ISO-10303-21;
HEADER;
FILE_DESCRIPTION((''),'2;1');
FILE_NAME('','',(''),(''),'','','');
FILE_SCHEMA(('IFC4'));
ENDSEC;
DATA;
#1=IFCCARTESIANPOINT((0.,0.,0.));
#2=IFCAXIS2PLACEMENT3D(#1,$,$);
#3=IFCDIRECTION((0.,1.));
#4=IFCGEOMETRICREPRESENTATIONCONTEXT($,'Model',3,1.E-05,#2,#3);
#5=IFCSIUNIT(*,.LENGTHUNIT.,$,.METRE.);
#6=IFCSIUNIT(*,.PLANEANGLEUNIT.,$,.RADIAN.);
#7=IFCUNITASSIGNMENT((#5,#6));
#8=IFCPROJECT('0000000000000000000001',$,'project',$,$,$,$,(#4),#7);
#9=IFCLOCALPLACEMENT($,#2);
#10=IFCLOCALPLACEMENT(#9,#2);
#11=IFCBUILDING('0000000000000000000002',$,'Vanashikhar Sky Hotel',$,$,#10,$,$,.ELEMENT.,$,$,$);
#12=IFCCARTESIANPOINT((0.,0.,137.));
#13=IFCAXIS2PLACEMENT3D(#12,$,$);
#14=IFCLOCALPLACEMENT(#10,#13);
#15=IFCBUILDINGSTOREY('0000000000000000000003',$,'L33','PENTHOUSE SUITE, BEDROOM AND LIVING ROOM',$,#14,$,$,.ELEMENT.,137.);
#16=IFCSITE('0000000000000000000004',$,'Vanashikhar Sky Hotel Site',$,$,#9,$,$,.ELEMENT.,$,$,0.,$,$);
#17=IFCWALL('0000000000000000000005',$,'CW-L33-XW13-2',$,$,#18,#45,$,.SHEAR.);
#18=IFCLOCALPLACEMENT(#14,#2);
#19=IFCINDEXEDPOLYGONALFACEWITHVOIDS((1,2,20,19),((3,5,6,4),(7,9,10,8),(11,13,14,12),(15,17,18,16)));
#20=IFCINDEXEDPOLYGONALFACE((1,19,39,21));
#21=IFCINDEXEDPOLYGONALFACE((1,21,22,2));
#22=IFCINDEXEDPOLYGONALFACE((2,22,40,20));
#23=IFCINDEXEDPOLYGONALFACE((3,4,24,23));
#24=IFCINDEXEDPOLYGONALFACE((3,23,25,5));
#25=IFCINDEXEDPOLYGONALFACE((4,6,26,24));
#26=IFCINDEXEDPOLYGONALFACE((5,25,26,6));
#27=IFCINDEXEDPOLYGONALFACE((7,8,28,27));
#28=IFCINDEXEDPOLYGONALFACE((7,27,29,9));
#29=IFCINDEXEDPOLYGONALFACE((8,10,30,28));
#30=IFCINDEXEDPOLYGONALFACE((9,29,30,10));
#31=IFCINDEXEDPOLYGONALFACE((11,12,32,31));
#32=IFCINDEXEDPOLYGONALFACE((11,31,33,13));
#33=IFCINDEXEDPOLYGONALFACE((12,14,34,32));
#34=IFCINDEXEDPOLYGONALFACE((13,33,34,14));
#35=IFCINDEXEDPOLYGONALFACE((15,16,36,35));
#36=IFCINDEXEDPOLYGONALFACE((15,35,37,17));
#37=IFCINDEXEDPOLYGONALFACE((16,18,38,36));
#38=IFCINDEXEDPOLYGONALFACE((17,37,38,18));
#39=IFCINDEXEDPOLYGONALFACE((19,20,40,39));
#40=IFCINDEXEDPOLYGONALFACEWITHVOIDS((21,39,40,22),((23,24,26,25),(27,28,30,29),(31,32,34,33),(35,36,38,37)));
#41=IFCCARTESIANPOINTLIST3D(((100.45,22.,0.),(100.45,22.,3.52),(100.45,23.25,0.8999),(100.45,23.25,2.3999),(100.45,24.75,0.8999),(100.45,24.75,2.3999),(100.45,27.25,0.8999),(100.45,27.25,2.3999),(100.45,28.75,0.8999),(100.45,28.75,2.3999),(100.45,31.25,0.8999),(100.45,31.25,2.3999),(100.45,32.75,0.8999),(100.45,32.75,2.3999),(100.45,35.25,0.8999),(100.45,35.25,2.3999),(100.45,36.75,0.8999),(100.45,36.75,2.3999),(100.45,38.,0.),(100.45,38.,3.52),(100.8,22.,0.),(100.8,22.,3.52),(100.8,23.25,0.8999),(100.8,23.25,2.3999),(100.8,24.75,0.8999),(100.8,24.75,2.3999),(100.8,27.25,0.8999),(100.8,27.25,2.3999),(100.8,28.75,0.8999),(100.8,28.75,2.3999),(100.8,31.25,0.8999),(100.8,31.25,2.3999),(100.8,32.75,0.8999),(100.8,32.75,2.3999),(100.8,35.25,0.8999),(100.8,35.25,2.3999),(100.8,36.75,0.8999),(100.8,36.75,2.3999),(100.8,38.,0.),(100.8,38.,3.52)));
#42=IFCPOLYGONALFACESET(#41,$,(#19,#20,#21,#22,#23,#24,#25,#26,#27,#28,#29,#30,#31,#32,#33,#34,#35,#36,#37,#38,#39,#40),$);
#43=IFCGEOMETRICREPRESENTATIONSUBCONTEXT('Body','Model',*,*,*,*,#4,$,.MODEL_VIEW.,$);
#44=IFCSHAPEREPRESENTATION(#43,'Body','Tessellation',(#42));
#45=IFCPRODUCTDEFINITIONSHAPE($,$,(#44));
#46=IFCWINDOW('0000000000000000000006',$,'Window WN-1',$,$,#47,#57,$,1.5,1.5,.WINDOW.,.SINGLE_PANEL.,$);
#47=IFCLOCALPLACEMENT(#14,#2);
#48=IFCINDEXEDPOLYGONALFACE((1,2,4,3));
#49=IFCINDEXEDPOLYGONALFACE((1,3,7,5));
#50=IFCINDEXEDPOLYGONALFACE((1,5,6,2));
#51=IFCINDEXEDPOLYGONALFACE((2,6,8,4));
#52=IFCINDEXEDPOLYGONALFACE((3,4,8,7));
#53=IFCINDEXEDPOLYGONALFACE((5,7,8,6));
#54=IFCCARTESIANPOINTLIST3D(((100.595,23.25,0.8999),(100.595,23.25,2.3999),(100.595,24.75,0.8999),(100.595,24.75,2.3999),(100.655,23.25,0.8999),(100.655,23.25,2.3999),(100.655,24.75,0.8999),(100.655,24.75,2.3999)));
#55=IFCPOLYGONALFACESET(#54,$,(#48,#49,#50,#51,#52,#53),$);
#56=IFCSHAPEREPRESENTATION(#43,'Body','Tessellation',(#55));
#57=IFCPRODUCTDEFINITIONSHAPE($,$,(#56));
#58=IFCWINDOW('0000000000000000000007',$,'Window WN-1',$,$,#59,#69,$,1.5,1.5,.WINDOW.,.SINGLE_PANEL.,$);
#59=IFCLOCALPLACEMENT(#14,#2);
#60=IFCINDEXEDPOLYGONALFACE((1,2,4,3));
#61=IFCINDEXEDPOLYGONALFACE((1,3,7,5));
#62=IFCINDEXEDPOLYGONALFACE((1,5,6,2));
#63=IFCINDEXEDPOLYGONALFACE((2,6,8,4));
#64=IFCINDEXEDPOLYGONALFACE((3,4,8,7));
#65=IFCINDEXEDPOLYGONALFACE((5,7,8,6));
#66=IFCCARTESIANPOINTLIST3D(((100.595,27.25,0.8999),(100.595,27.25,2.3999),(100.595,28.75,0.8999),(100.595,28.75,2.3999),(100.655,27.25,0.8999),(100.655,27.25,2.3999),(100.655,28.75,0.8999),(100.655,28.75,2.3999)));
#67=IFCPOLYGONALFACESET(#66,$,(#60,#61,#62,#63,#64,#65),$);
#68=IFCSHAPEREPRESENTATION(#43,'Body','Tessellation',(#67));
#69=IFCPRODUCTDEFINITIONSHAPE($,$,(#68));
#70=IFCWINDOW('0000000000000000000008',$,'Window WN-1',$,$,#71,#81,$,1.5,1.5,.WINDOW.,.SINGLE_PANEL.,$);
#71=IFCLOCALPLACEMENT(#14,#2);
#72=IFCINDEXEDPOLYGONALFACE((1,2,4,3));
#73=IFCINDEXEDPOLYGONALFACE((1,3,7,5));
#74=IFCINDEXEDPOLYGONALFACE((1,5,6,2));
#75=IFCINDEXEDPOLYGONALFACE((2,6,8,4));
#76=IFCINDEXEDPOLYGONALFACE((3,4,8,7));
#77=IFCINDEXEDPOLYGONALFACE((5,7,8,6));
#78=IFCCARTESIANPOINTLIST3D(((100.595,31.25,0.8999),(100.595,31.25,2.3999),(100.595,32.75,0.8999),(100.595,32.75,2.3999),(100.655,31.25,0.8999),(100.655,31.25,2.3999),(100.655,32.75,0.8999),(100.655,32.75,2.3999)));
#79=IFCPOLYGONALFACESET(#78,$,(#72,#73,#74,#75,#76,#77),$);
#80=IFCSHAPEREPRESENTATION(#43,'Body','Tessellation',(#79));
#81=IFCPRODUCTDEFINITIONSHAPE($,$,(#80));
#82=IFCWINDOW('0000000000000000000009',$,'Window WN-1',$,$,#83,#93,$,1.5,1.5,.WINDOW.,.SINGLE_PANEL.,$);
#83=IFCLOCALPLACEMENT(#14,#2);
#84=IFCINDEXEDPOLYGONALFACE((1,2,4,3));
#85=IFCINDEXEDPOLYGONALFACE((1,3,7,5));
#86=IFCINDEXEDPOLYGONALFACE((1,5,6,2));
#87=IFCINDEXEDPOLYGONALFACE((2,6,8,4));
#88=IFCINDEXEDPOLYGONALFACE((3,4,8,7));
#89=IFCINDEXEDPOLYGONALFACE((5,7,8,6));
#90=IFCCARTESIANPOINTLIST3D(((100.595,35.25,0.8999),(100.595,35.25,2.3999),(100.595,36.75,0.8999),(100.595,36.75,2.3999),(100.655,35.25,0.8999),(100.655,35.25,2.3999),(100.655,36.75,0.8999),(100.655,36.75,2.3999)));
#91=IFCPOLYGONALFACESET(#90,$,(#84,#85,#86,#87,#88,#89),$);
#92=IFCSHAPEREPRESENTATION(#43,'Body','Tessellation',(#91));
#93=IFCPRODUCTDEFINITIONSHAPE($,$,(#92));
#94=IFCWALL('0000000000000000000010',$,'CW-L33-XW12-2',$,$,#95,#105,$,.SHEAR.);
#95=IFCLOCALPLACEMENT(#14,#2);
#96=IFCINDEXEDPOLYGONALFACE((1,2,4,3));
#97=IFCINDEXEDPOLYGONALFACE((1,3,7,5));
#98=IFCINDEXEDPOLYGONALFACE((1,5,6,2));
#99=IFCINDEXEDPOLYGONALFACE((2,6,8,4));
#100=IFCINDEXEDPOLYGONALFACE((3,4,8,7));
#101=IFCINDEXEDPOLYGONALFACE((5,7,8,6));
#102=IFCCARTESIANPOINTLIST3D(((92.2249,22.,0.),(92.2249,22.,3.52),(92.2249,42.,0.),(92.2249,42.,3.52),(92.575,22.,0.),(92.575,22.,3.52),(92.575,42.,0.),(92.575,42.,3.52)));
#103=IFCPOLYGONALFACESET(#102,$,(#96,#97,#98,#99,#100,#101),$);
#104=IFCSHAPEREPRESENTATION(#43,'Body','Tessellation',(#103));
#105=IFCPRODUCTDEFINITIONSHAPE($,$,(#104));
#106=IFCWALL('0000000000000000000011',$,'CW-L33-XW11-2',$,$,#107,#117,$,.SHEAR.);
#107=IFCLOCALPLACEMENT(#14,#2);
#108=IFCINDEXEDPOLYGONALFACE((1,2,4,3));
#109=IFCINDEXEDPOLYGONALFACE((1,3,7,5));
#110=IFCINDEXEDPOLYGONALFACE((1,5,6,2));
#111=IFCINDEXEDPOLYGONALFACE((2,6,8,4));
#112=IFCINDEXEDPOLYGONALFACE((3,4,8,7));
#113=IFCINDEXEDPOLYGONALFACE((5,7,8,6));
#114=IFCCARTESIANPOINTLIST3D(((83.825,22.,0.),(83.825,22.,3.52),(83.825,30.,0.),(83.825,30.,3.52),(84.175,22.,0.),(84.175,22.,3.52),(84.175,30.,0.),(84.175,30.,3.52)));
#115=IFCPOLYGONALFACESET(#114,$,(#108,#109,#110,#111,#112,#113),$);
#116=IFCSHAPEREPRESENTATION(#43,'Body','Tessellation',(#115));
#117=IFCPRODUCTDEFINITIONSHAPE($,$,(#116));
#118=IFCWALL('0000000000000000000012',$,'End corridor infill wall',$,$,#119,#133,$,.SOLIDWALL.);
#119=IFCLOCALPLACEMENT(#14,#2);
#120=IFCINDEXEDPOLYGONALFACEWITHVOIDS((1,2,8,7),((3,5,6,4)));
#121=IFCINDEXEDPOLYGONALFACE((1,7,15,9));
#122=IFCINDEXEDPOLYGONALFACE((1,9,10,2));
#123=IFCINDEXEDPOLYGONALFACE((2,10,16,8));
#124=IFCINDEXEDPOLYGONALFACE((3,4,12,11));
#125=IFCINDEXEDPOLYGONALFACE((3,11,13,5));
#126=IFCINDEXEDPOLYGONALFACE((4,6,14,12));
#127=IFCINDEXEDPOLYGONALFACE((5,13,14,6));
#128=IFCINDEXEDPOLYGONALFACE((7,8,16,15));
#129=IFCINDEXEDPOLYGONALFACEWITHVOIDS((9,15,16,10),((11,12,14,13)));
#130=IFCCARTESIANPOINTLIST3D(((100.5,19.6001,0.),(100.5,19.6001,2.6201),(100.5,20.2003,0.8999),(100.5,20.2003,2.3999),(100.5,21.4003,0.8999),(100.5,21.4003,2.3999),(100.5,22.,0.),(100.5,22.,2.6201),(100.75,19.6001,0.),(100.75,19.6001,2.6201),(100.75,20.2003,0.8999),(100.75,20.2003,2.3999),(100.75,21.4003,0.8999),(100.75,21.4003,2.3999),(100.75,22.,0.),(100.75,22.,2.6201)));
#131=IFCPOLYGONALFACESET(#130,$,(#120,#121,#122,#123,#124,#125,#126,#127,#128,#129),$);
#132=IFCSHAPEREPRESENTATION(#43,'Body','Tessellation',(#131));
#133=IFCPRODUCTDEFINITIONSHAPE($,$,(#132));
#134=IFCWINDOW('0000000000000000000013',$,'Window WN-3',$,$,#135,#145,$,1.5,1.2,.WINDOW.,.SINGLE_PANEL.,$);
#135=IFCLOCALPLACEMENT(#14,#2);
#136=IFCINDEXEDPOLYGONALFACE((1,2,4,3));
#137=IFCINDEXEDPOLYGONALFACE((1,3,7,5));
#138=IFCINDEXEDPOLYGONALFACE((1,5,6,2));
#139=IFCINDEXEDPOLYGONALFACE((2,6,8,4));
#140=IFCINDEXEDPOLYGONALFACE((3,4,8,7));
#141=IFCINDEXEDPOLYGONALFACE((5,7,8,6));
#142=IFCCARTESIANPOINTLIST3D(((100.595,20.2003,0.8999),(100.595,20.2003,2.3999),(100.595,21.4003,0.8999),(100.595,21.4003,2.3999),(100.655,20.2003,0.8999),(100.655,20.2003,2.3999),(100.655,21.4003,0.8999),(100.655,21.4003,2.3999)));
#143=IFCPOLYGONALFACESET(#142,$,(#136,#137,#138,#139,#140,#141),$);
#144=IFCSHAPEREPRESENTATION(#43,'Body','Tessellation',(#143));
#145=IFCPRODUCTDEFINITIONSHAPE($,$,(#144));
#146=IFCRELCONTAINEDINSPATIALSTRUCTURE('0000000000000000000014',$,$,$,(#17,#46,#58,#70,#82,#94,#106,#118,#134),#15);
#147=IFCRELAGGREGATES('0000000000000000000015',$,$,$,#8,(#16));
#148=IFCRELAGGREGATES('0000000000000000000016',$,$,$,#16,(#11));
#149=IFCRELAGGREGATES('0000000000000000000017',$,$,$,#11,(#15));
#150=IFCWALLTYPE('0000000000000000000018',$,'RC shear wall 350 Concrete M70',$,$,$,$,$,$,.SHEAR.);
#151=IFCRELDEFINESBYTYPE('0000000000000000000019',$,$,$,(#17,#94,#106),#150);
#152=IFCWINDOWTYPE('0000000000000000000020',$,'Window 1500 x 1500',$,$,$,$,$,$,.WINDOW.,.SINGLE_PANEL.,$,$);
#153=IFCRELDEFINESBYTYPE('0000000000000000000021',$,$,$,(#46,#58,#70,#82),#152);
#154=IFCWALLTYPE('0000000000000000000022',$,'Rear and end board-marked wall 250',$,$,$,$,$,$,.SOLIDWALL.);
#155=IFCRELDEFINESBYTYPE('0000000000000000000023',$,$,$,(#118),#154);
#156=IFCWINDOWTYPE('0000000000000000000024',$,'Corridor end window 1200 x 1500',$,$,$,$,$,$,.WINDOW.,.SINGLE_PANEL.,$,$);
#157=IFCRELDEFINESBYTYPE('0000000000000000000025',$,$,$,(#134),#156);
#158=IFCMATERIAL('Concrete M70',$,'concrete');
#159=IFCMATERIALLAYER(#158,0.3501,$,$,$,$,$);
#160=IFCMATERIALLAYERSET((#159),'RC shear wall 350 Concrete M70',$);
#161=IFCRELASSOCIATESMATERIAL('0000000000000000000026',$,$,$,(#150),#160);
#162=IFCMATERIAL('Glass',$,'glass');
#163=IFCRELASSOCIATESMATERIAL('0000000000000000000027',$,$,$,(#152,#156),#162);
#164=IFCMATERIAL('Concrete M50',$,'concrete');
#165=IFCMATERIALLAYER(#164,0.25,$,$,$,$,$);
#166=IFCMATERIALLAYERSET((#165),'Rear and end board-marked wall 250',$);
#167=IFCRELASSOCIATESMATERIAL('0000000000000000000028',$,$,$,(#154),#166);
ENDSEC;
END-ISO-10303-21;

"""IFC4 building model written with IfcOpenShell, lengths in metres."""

from ifc_helpers import new_model, si_unit, direction, frame, frame_2d, origin, place, context, subcontext, project, spatial, rectangle, extrude, source, transform, mapped, material, layer, layer_set, type_object, element, fill, save


model = new_model("IFC4")

# Units and contexts
model_context = context("Model", 3, precision=1e-05, world=origin(), true_north=direction((0.0, 1.0)))
body_context = subcontext(model_context, "Body", "Model", "MODEL_VIEW")
ifc_project = project(units=[si_unit("LENGTHUNIT", "METRE"), si_unit("PLANEANGLEUNIT", "RADIAN")], contexts=[model_context])

# Site, building, storey
site_placement = place(None, origin())
site = spatial("IfcSite", under=ifc_project, at=site_placement, Name="Vanashikhar Sky Hotel Site", CompositionType="ELEMENT", RefElevation=0.0)
building_placement = place(site_placement, origin())
building = spatial("IfcBuilding", under=site, at=building_placement, Name="Vanashikhar Sky Hotel", CompositionType="ELEMENT")
storey_placement = place(building_placement, frame((0.0, 0.0, 137.0)))
storey = spatial("IfcBuildingStorey", under=building, at=storey_placement, Name="L33", Description="PENTHOUSE SUITE, BEDROOM AND LIVING ROOM", CompositionType="ELEMENT", Elevation=137.0)

# Wall, openings, windows
ifc_material_1 = material(Name="Concrete M70", Category="concrete")
ifc_layer_1 = layer(ifc_material_1, 0.3501)
ifc_layer_set_1 = layer_set([ifc_layer_1], Name="RC shear wall 350 Concrete M70")
wall_type_1 = type_object("IfcWallType", Name="RC shear wall 350 Concrete M70", PredefinedType="SHEAR", material=ifc_layer_set_1)
shared_shape_1 = source(origin(), body_context, "Body", "SweptSolid", [
    extrude(rectangle(XDim=16.0, YDim=0.3501, at=frame_2d((8.0, 0.0))), origin(), (0.0, 0.0, 1.0), 3.52),
])
wall_1_placement = place(storey_placement, frame((100.625, 22.0, 0.0), z_axis=(0.0, 0.0, 1.0), x_axis=(0.0, 1.0, 0.0)))
wall_1 = element("IfcWall", 1, at=wall_1_placement, inside=storey, type_object=wall_type_1, Name="CW-L33-XW13-2", PredefinedType="SHEAR", context=body_context, shape_type="MappedRepresentation", body=[
    mapped(shared_shape_1, transform((0.0, 0.0, 0.0), scale=1.0)),
])
shared_shape_2 = source(origin(), body_context, "Body", "SweptSolid", [
    extrude(rectangle(XDim=1.5, YDim=1.5, at=frame_2d((0.75, 0.75))), frame((0.0, 0.1851, 0.0), z_axis=(0.0, -1.0, 0.0), x_axis=(1.0, 0.0, 0.0)), (0.0, 0.0, 1.0), 0.3701),
])
opening_1_placement = place(wall_1_placement, frame((1.25, 0.0, 0.8999)))
opening_1 = element("IfcOpeningElement", 2, at=opening_1_placement, cuts=wall_1, PredefinedType="OPENING", context=body_context, shape_type="MappedRepresentation", body=[
    mapped(shared_shape_2, transform((0.0, 0.0, 0.0), scale=1.0)),
])
opening_2_placement = place(wall_1_placement, frame((5.25, 0.0, 0.8999)))
opening_2 = element("IfcOpeningElement", 3, at=opening_2_placement, cuts=wall_1, PredefinedType="OPENING", context=body_context, shape_type="MappedRepresentation", body=[
    mapped(shared_shape_2, transform((0.0, 0.0, 0.0), scale=1.0)),
])
opening_3_placement = place(wall_1_placement, frame((9.25, 0.0, 0.8999)))
opening_3 = element("IfcOpeningElement", 4, at=opening_3_placement, cuts=wall_1, PredefinedType="OPENING", context=body_context, shape_type="MappedRepresentation", body=[
    mapped(shared_shape_2, transform((0.0, 0.0, 0.0), scale=1.0)),
])
opening_4_placement = place(wall_1_placement, frame((13.25, 0.0, 0.8999)))
opening_4 = element("IfcOpeningElement", 5, at=opening_4_placement, cuts=wall_1, PredefinedType="OPENING", context=body_context, shape_type="MappedRepresentation", body=[
    mapped(shared_shape_2, transform((0.0, 0.0, 0.0), scale=1.0)),
])
ifc_material_2 = material(Name="Glass", Category="glass")
window_type_1 = type_object("IfcWindowType", Name="Window 1500 x 1500", PartitioningType="SINGLE_PANEL", PredefinedType="WINDOW", material=ifc_material_2)
shared_shape_3 = source(origin(), body_context, "Body", "SweptSolid", [
    extrude(rectangle(XDim=1.5, YDim=1.5, at=frame_2d((0.75, 0.75))), frame((0.0, 0.03, 0.0), z_axis=(0.0, -1.0, 0.0), x_axis=(1.0, 0.0, 0.0)), (0.0, 0.0, 1.0), 0.0601),
])
window_1_placement = place(opening_1_placement, origin())
window_1 = element("IfcWindow", 6, at=window_1_placement, inside=storey, type_object=window_type_1, Name="Window WN-1", OverallHeight=1.5, OverallWidth=1.5, PartitioningType="SINGLE_PANEL", PredefinedType="WINDOW", context=body_context, shape_type="MappedRepresentation", body=[
    mapped(shared_shape_3, transform((0.0, 0.0, 0.0), scale=1.0)),
])
fill(opening_1, window_1)
window_2_placement = place(opening_2_placement, origin())
window_2 = element("IfcWindow", 7, at=window_2_placement, inside=storey, type_object=window_type_1, Name="Window WN-1", OverallHeight=1.5, OverallWidth=1.5, PartitioningType="SINGLE_PANEL", PredefinedType="WINDOW", context=body_context, shape_type="MappedRepresentation", body=[
    mapped(shared_shape_3, transform((0.0, 0.0, 0.0), scale=1.0)),
])
fill(opening_2, window_2)
window_3_placement = place(opening_3_placement, origin())
window_3 = element("IfcWindow", 8, at=window_3_placement, inside=storey, type_object=window_type_1, Name="Window WN-1", OverallHeight=1.5, OverallWidth=1.5, PartitioningType="SINGLE_PANEL", PredefinedType="WINDOW", context=body_context, shape_type="MappedRepresentation", body=[
    mapped(shared_shape_3, transform((0.0, 0.0, 0.0), scale=1.0)),
])
fill(opening_3, window_3)
window_4_placement = place(opening_4_placement, origin())
window_4 = element("IfcWindow", 9, at=window_4_placement, inside=storey, type_object=window_type_1, Name="Window WN-1", OverallHeight=1.5, OverallWidth=1.5, PartitioningType="SINGLE_PANEL", PredefinedType="WINDOW", context=body_context, shape_type="MappedRepresentation", body=[
    mapped(shared_shape_3, transform((0.0, 0.0, 0.0), scale=1.0)),
])
fill(opening_4, window_4)

# Walls
shared_shape_4 = source(origin(), body_context, "Body", "SweptSolid", [
    extrude(rectangle(XDim=20.0, YDim=0.3501, at=frame_2d((10.0, 0.0))), origin(), (0.0, 0.0, 1.0), 3.52),
])
wall_2_placement = place(storey_placement, frame((92.3999, 22.0, 0.0), z_axis=(0.0, 0.0, 1.0), x_axis=(0.0, 1.0, 0.0)))
element("IfcWall", 10, at=wall_2_placement, inside=storey, type_object=wall_type_1, Name="CW-L33-XW12-2", PredefinedType="SHEAR", context=body_context, shape_type="MappedRepresentation", body=[
    mapped(shared_shape_4, transform((0.0, 0.0, 0.0), scale=1.0)),
])
shared_shape_5 = source(origin(), body_context, "Body", "SweptSolid", [
    extrude(rectangle(XDim=8.0, YDim=0.3501, at=frame_2d((4.0, 0.0))), origin(), (0.0, 0.0, 1.0), 3.52),
])
wall_3_placement = place(storey_placement, frame((84.0, 22.0, 0.0), z_axis=(0.0, 0.0, 1.0), x_axis=(0.0, 1.0, 0.0)))
element("IfcWall", 11, at=wall_3_placement, inside=storey, type_object=wall_type_1, Name="CW-L33-XW11-2", PredefinedType="SHEAR", context=body_context, shape_type="MappedRepresentation", body=[
    mapped(shared_shape_5, transform((0.0, 0.0, 0.0), scale=1.0)),
])

# Wall, opening, window
ifc_material_3 = material(Name="Concrete M50", Category="concrete")
ifc_layer_2 = layer(ifc_material_3, 0.25)
ifc_layer_set_2 = layer_set([ifc_layer_2], Name="Rear and end board-marked wall 250")
wall_type_2 = type_object("IfcWallType", Name="Rear and end board-marked wall 250", PredefinedType="SOLIDWALL", material=ifc_layer_set_2)
shared_shape_6 = source(origin(), body_context, "Body", "SweptSolid", [
    extrude(rectangle(XDim=2.3999, YDim=0.25, at=frame_2d((1.2, 0.0))), origin(), (0.0, 0.0, 1.0), 2.6201),
])
wall_4_placement = place(storey_placement, frame((100.625, 19.6001, 0.0), z_axis=(0.0, 0.0, 1.0), x_axis=(0.0, 1.0, 0.0)))
wall_4 = element("IfcWall", 12, at=wall_4_placement, inside=storey, type_object=wall_type_2, Name="End corridor infill wall", PredefinedType="SOLIDWALL", context=body_context, shape_type="MappedRepresentation", body=[
    mapped(shared_shape_6, transform((0.0, 0.0, 0.0), scale=1.0)),
])
shared_shape_7 = source(origin(), body_context, "Body", "SweptSolid", [
    extrude(rectangle(XDim=1.2, YDim=1.5, at=frame_2d((0.6001, 0.75))), frame((0.0, 0.135, 0.0), z_axis=(0.0, -1.0, 0.0), x_axis=(1.0, 0.0, 0.0)), (0.0, 0.0, 1.0), 0.27),
])
opening_5_placement = place(wall_4_placement, frame((0.6001, 0.0, 0.8999)))
opening_5 = element("IfcOpeningElement", 13, at=opening_5_placement, cuts=wall_4, PredefinedType="OPENING", context=body_context, shape_type="MappedRepresentation", body=[
    mapped(shared_shape_7, transform((0.0, 0.0, 0.0), scale=1.0)),
])
window_type_2 = type_object("IfcWindowType", Name="Corridor end window 1200 x 1500", PartitioningType="SINGLE_PANEL", PredefinedType="WINDOW", material=ifc_material_2)
shared_shape_8 = source(origin(), body_context, "Body", "SweptSolid", [
    extrude(rectangle(XDim=1.2, YDim=1.5, at=frame_2d((0.6001, 0.75))), frame((0.0, 0.03, 0.0), z_axis=(0.0, -1.0, 0.0), x_axis=(1.0, 0.0, 0.0)), (0.0, 0.0, 1.0), 0.0601),
])
window_5_placement = place(opening_5_placement, origin())
window_5 = element("IfcWindow", 14, at=window_5_placement, inside=storey, type_object=window_type_2, Name="Window WN-3", OverallHeight=1.5, OverallWidth=1.2, PartitioningType="SINGLE_PANEL", PredefinedType="WINDOW", context=body_context, shape_type="MappedRepresentation", body=[
    mapped(shared_shape_8, transform((0.0, 0.0, 0.0), scale=1.0)),
])
fill(opening_5, window_5)

save(model, "model.ifc")
